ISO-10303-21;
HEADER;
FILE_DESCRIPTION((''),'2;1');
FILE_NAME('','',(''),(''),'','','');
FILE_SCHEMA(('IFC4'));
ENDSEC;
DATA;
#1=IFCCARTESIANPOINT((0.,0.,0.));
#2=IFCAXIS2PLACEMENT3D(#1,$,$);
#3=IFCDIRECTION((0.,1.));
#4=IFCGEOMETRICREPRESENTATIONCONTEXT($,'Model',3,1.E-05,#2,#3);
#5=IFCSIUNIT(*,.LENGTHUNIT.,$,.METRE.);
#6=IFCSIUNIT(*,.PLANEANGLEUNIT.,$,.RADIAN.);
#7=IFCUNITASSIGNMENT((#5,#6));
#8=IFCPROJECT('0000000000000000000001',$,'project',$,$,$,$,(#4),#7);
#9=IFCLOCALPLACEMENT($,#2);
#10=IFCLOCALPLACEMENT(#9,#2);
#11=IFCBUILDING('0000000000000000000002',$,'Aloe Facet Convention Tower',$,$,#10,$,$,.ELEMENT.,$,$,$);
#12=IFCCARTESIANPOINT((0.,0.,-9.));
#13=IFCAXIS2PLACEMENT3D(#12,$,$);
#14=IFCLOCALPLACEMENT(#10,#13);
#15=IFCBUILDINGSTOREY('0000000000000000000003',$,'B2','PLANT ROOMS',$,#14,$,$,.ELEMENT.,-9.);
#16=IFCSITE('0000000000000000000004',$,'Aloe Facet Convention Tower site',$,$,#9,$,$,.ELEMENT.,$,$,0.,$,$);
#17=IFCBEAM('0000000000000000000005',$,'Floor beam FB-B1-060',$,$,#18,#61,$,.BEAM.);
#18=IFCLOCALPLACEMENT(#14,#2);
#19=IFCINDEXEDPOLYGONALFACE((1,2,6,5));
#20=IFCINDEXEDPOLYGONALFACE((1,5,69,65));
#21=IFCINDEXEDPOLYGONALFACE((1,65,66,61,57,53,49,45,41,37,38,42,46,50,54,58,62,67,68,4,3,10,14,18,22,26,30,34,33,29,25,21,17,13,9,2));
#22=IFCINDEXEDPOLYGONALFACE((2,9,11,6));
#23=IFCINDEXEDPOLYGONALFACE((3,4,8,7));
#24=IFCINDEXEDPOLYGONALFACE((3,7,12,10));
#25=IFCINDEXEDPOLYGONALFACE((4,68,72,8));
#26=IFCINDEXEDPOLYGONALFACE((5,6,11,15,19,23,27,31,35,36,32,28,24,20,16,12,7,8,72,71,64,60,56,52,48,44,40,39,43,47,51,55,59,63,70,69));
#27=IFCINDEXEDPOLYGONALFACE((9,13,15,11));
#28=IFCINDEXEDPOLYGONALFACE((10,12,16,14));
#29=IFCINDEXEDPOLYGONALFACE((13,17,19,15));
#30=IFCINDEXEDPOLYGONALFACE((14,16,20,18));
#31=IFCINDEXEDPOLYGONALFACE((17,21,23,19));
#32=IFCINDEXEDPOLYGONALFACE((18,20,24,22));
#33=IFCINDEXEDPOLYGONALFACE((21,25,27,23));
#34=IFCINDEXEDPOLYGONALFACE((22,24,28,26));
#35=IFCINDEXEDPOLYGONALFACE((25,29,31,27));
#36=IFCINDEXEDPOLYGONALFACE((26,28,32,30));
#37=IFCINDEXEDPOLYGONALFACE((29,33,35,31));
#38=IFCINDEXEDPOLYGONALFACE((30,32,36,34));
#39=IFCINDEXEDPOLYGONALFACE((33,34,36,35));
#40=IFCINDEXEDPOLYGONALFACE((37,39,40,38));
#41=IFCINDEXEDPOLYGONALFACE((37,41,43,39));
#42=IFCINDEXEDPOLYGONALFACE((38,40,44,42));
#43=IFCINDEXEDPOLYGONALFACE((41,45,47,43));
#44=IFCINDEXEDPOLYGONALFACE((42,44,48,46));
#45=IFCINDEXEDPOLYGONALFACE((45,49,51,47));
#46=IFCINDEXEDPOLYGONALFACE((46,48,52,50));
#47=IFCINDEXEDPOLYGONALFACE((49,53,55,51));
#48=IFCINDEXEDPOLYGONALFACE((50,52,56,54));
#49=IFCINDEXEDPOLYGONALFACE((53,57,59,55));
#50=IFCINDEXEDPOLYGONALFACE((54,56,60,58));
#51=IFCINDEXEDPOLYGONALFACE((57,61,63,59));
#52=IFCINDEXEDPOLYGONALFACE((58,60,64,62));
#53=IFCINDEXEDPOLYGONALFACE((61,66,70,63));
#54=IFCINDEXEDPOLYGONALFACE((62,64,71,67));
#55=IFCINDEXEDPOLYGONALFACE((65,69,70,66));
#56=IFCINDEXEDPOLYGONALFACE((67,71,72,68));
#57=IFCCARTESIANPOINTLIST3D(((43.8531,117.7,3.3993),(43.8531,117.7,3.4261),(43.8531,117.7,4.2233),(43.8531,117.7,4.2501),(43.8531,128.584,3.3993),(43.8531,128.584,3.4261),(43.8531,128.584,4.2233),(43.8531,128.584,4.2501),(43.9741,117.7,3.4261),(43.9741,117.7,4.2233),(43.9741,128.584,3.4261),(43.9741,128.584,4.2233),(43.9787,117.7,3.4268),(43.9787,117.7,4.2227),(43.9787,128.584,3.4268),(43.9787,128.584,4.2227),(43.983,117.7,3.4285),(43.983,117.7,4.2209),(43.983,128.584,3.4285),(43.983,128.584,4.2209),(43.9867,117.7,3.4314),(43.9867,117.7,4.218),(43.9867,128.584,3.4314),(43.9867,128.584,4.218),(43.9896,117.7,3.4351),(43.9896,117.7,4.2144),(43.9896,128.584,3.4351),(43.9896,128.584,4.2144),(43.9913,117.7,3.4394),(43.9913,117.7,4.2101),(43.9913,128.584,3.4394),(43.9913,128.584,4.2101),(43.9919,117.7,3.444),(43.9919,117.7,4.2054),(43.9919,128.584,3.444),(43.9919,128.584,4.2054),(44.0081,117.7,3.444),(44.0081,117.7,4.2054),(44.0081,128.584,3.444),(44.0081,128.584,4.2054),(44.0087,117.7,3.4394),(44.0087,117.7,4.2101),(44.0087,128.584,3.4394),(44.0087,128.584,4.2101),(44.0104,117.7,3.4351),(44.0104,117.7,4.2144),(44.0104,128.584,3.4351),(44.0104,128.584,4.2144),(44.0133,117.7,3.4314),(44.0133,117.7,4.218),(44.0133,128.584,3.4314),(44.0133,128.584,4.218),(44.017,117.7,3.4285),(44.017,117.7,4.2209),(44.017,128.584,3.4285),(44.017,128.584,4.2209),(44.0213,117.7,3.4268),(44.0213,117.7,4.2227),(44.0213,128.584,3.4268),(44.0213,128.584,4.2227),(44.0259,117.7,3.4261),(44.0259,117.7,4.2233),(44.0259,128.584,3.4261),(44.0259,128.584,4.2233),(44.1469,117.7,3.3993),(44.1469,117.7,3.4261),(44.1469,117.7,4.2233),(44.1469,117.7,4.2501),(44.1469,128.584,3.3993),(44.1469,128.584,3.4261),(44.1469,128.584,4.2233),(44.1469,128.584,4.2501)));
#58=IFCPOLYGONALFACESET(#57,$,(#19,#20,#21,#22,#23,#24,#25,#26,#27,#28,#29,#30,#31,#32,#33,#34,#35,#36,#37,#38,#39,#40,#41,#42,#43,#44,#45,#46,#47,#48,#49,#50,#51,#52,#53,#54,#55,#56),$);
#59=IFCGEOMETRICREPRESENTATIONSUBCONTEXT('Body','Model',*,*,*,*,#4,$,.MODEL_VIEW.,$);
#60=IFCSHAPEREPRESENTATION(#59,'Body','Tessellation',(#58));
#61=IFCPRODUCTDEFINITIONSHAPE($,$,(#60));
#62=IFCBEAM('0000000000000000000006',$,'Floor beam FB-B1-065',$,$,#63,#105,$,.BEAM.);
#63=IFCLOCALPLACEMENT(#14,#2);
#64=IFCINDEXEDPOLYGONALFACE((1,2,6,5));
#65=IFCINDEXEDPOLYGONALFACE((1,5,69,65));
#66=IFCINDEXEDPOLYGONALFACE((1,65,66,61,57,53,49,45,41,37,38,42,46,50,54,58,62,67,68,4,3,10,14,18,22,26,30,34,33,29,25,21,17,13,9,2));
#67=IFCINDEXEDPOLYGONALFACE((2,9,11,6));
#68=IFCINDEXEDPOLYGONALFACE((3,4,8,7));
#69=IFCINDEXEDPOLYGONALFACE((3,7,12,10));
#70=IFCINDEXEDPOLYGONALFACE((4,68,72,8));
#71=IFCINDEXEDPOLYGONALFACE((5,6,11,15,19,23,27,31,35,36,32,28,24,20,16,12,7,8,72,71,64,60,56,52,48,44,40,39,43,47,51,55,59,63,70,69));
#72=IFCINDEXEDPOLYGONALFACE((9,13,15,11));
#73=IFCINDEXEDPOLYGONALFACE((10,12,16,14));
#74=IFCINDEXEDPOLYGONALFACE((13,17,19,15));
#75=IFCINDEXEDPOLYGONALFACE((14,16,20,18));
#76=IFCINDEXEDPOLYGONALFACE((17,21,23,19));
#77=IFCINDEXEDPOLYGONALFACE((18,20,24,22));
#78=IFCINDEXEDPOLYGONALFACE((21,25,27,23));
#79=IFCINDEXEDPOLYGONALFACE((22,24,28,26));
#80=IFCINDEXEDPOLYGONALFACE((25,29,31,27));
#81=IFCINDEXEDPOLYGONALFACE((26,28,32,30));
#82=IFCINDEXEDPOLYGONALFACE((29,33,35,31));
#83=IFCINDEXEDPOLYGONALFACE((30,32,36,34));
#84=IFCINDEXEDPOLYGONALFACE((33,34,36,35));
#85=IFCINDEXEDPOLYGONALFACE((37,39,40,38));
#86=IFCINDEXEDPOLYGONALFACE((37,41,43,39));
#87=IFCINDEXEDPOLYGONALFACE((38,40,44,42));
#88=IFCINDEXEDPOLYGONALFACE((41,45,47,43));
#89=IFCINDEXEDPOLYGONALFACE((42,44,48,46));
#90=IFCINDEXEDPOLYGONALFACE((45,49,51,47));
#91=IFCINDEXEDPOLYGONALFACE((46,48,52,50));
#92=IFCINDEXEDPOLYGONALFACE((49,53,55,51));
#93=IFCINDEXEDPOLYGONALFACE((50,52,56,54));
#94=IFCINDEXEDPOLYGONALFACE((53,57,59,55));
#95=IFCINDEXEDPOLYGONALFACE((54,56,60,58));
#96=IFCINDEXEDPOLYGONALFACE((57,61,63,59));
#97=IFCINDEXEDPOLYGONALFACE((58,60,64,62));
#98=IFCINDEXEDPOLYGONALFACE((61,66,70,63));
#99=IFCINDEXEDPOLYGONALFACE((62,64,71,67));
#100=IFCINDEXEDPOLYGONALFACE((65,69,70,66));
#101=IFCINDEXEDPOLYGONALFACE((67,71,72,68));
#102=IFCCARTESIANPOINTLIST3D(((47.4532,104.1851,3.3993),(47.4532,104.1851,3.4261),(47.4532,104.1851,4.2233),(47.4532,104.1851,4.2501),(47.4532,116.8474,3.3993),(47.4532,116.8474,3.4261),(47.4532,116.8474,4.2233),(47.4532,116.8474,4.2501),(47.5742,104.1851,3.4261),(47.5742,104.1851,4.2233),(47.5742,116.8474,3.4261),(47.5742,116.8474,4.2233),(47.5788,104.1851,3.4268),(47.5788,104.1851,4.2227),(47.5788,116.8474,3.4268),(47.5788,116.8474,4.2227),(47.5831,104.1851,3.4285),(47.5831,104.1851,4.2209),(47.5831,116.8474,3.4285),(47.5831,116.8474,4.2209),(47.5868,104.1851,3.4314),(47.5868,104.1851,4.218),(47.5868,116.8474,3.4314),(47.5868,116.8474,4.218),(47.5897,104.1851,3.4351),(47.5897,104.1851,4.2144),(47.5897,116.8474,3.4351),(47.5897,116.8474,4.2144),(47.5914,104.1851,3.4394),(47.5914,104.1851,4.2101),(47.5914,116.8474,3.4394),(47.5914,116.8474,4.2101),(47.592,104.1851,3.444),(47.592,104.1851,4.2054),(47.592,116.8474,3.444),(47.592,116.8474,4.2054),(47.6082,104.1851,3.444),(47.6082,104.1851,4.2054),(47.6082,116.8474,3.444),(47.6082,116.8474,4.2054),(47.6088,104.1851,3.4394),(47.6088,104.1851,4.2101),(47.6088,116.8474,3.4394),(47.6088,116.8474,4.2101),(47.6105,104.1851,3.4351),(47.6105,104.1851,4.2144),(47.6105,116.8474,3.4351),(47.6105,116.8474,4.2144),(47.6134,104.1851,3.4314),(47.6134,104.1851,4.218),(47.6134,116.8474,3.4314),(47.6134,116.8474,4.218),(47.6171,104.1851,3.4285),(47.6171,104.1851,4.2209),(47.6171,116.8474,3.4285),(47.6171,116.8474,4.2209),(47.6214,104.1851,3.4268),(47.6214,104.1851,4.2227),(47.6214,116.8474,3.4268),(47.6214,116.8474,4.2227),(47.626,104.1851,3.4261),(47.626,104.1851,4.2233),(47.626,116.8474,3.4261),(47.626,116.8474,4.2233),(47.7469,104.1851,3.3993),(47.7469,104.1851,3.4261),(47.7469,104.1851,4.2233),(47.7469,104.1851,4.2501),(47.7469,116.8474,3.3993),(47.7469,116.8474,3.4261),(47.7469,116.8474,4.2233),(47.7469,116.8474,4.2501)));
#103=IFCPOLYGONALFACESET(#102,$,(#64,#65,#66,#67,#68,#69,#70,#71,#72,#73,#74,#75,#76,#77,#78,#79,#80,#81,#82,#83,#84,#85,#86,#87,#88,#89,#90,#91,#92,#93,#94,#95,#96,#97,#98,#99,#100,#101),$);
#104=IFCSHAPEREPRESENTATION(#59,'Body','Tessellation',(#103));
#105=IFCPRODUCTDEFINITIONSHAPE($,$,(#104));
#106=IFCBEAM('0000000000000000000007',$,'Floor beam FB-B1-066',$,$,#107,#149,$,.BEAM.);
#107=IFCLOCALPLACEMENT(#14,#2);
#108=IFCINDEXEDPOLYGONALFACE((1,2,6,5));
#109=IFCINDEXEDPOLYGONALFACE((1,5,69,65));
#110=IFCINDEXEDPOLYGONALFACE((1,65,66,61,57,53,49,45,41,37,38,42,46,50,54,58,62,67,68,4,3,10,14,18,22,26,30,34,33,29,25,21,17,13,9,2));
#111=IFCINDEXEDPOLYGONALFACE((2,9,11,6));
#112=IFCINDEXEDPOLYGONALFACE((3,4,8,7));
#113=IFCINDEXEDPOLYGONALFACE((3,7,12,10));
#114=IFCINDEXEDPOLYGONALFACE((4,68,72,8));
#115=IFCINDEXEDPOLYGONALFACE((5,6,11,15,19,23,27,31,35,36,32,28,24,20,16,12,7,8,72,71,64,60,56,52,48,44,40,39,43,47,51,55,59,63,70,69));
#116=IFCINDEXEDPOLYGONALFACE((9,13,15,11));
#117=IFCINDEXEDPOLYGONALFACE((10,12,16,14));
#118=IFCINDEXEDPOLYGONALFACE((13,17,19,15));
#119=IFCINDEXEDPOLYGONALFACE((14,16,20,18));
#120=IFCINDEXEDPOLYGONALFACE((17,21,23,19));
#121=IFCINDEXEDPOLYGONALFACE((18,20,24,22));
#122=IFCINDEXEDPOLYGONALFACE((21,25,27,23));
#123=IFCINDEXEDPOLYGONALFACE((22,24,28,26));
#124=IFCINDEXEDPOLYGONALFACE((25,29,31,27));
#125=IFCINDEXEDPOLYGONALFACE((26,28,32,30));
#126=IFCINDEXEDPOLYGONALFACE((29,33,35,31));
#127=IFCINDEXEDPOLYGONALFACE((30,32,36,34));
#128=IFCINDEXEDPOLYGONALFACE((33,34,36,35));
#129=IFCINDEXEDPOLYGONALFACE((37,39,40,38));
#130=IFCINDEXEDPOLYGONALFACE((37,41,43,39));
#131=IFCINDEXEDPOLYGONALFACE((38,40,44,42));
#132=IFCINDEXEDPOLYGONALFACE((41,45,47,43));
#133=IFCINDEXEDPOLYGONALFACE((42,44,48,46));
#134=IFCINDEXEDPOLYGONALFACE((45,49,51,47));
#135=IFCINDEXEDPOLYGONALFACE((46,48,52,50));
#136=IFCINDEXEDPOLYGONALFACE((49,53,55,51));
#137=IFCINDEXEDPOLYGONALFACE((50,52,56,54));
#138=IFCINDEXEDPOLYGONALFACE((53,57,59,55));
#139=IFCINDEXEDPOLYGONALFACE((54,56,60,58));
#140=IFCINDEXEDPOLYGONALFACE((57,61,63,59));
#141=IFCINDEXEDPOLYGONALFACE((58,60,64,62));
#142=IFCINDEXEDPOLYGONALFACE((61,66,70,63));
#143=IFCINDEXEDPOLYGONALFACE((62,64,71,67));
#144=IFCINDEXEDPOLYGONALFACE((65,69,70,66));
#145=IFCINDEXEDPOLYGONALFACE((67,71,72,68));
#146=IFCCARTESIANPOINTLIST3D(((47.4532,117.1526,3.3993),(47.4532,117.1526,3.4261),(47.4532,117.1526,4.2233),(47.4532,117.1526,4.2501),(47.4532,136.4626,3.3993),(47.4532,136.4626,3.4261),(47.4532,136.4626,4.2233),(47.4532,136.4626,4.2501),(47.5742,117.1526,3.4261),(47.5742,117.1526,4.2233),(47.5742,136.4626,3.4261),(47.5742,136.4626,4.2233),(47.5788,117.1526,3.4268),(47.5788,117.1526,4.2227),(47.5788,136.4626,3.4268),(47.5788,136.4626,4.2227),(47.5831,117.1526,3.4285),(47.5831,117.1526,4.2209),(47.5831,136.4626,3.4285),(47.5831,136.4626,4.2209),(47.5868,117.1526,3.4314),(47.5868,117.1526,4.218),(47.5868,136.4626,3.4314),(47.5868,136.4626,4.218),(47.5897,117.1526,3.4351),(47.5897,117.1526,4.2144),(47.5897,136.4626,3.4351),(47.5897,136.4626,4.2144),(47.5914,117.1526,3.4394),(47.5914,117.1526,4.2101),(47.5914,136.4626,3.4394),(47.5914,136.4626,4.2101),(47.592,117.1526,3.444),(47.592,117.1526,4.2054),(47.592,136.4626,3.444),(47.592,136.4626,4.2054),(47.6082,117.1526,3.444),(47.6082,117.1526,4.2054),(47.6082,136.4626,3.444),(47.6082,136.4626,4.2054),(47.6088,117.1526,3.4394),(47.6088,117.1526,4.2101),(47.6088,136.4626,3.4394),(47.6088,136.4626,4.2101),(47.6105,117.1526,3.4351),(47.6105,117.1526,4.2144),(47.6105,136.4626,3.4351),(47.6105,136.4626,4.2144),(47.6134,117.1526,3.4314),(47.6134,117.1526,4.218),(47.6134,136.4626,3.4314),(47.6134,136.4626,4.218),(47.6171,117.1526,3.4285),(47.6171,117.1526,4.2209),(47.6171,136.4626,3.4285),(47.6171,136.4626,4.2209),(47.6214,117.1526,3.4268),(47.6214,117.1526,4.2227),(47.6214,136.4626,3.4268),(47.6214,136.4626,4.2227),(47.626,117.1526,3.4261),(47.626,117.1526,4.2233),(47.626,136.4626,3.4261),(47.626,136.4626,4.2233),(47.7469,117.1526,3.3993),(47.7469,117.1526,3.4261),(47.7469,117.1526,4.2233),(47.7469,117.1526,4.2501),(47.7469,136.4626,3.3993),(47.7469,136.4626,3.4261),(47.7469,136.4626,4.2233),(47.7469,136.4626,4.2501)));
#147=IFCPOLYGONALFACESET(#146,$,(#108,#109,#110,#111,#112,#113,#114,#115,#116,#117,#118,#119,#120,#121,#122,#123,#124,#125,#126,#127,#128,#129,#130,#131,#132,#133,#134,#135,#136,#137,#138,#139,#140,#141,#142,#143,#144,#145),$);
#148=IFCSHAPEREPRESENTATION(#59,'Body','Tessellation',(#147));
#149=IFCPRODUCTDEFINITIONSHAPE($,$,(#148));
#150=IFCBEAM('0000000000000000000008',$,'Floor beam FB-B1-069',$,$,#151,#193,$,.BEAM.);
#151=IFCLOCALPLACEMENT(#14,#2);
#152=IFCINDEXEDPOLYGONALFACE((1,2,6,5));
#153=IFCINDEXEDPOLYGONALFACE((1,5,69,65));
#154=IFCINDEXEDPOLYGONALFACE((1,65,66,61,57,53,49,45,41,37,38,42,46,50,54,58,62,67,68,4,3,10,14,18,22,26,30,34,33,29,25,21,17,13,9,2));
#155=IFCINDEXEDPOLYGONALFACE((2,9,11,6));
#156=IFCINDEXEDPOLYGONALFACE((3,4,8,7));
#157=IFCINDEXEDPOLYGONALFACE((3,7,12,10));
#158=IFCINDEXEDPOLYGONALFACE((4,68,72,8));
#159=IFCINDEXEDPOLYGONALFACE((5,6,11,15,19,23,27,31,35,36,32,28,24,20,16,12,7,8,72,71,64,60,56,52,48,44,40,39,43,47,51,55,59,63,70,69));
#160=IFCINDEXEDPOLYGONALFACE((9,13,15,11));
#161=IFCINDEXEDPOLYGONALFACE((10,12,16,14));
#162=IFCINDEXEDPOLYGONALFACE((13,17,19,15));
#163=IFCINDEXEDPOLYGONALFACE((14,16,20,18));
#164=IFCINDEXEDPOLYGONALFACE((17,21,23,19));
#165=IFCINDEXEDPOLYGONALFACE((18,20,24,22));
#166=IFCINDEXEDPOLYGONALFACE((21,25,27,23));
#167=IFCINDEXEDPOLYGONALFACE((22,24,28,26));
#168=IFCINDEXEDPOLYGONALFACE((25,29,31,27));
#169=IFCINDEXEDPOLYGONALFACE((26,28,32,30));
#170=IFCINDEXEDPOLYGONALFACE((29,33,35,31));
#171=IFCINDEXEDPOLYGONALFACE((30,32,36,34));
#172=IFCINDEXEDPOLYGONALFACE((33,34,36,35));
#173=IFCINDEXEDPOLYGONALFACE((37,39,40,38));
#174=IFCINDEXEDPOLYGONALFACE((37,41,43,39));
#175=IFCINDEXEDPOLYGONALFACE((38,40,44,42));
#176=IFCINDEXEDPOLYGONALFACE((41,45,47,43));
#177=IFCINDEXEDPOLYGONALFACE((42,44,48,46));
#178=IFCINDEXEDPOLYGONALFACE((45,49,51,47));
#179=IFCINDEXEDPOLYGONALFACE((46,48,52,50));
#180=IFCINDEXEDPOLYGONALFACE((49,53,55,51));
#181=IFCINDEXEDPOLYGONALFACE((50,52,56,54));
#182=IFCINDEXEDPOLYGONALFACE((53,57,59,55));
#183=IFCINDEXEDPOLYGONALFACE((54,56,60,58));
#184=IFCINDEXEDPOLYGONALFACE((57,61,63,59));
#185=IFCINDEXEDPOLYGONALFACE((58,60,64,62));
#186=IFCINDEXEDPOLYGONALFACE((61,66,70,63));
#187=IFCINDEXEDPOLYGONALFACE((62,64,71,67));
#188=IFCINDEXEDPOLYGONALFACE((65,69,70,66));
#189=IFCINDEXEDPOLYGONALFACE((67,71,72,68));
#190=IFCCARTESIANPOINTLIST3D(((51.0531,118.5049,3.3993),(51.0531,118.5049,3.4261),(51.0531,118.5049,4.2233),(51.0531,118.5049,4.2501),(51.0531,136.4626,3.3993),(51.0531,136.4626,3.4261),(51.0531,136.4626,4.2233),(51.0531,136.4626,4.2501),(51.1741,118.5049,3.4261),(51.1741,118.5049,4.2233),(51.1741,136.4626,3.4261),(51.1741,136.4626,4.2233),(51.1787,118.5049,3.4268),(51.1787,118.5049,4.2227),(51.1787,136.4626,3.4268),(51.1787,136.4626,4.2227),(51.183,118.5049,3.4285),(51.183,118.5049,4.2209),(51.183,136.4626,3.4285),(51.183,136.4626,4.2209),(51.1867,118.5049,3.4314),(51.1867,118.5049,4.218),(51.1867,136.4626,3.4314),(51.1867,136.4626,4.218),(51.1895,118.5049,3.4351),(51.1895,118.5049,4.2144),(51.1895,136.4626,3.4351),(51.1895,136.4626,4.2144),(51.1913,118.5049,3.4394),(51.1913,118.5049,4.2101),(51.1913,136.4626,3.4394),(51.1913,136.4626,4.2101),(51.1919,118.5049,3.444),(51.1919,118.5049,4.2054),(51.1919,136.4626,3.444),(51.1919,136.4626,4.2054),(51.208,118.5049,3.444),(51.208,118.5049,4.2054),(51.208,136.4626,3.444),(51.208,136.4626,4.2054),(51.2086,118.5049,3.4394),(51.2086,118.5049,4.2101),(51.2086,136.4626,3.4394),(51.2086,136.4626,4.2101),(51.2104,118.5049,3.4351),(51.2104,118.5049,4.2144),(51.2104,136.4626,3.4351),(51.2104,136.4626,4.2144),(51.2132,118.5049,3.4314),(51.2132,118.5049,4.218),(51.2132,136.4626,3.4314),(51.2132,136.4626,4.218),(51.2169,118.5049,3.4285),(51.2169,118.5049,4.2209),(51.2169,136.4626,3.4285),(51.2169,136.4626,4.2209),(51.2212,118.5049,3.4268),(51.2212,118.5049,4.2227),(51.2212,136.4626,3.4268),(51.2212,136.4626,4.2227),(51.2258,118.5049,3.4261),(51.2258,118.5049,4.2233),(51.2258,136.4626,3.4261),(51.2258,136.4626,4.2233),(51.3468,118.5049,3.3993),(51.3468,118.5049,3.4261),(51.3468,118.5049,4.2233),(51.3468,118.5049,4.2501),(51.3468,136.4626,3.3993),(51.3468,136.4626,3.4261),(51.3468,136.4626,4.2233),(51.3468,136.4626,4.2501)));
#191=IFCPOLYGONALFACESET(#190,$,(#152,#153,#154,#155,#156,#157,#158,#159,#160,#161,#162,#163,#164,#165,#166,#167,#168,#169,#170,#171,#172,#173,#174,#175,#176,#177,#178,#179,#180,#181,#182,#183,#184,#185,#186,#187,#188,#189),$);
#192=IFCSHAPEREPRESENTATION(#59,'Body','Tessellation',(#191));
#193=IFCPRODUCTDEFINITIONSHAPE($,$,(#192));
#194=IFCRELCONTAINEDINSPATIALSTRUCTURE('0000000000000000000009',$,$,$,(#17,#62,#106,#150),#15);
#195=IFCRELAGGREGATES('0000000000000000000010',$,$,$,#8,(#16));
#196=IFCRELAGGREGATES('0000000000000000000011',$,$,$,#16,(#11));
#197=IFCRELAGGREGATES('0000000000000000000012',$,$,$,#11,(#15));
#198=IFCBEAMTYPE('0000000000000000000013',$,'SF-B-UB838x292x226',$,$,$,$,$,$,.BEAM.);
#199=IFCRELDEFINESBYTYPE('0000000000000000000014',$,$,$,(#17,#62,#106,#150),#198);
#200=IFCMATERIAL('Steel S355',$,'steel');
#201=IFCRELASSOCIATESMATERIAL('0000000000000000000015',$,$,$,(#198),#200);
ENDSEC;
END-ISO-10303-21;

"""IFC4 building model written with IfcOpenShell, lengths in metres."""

from ifc_helpers import new_model, si_unit, direction, frame, origin, origin_2d, place, context, subcontext, project, spatial, i_section, extrude, material, material_profile, profile_set, type_object, element, save


model = new_model("IFC4")

# Units and contexts
model_context = context("Model", 3, precision=1e-05, world=origin(), true_north=direction((0.0, 1.0)))
body_context = subcontext(model_context, "Body", "Model", "MODEL_VIEW")
ifc_project = project(units=[si_unit("LENGTHUNIT", "METRE"), si_unit("PLANEANGLEUNIT", "RADIAN")], contexts=[model_context])

# Site, building, storey
site_placement = place(None, origin())
site = spatial("IfcSite", under=ifc_project, at=site_placement, Name="Aloe Facet Convention Tower site", CompositionType="ELEMENT", RefElevation=0.0)
building_placement = place(site_placement, origin())
building = spatial("IfcBuilding", under=site, at=building_placement, Name="Aloe Facet Convention Tower", CompositionType="ELEMENT")
storey_placement = place(building_placement, frame((0.0, 0.0, -9.0)))
storey = spatial("IfcBuildingStorey", under=building, at=storey_placement, Name="B2", Description="PLANT ROOMS", CompositionType="ELEMENT", Elevation=-9.0)

# Beams
ifc_material_1 = material(Name="Steel S355", Category="steel")
ifc_material_profile_1 = material_profile(ifc_material_1, i_section(OverallWidth=0.2937, OverallDepth=0.8508, WebThickness=0.0161, FlangeThickness=0.0269, FilletRadius=0.0178, at=origin_2d()), Name="UB 838x292x226")
ifc_profile_set_1 = profile_set([ifc_material_profile_1], Name="Steel S355")
beam_type_1 = type_object("IfcBeamType", Name="SF-B-UB838x292x226", PredefinedType="BEAM", material=ifc_profile_set_1)
beam_1_placement = place(storey_placement, frame((44.0, 117.7, 3.8247), z_axis=(0.0, 1.0, 0.0), x_axis=(-1.0, 0.0, 0.0)))
element("IfcBeam", 1, at=beam_1_placement, inside=storey, type_object=beam_type_1, Name="Floor beam FB-B1-060", PredefinedType="BEAM", context=body_context, shape_type="SweptSolid", body=[
    extrude(i_section(OverallWidth=0.2937, OverallDepth=0.8508, WebThickness=0.0161, FlangeThickness=0.0269, FilletRadius=0.0178, at=origin_2d()), origin(), (0.0, 0.0, 1.0), 10.884),
])
beam_2_placement = place(storey_placement, frame((47.6001, 104.1851, 3.8247), z_axis=(0.0, 1.0, 0.0), x_axis=(-1.0, 0.0, 0.0)))
element("IfcBeam", 2, at=beam_2_placement, inside=storey, type_object=beam_type_1, Name="Floor beam FB-B1-065", PredefinedType="BEAM", context=body_context, shape_type="SweptSolid", body=[
    extrude(i_section(OverallWidth=0.2937, OverallDepth=0.8508, WebThickness=0.0161, FlangeThickness=0.0269, FilletRadius=0.0178, at=origin_2d()), origin(), (0.0, 0.0, 1.0), 12.6624),
])
beam_3_placement = place(storey_placement, frame((47.6001, 117.1526, 3.8247), z_axis=(0.0, 1.0, 0.0), x_axis=(-1.0, 0.0, 0.0)))
element("IfcBeam", 3, at=beam_3_placement, inside=storey, type_object=beam_type_1, Name="Floor beam FB-B1-066", PredefinedType="BEAM", context=body_context, shape_type="SweptSolid", body=[
    extrude(i_section(OverallWidth=0.2937, OverallDepth=0.8508, WebThickness=0.0161, FlangeThickness=0.0269, FilletRadius=0.0178, at=origin_2d()), origin(), (0.0, 0.0, 1.0), 19.3101),
])
beam_4_placement = place(storey_placement, frame((51.2, 118.5049, 3.8247), z_axis=(0.0, 1.0, 0.0), x_axis=(-1.0, 0.0, 0.0)))
element("IfcBeam", 4, at=beam_4_placement, inside=storey, type_object=beam_type_1, Name="Floor beam FB-B1-069", PredefinedType="BEAM", context=body_context, shape_type="SweptSolid", body=[
    extrude(i_section(OverallWidth=0.2937, OverallDepth=0.8508, WebThickness=0.0161, FlangeThickness=0.0269, FilletRadius=0.0178, at=origin_2d()), origin(), (0.0, 0.0, 1.0), 17.9578),
])

save(model, "model.ifc")
